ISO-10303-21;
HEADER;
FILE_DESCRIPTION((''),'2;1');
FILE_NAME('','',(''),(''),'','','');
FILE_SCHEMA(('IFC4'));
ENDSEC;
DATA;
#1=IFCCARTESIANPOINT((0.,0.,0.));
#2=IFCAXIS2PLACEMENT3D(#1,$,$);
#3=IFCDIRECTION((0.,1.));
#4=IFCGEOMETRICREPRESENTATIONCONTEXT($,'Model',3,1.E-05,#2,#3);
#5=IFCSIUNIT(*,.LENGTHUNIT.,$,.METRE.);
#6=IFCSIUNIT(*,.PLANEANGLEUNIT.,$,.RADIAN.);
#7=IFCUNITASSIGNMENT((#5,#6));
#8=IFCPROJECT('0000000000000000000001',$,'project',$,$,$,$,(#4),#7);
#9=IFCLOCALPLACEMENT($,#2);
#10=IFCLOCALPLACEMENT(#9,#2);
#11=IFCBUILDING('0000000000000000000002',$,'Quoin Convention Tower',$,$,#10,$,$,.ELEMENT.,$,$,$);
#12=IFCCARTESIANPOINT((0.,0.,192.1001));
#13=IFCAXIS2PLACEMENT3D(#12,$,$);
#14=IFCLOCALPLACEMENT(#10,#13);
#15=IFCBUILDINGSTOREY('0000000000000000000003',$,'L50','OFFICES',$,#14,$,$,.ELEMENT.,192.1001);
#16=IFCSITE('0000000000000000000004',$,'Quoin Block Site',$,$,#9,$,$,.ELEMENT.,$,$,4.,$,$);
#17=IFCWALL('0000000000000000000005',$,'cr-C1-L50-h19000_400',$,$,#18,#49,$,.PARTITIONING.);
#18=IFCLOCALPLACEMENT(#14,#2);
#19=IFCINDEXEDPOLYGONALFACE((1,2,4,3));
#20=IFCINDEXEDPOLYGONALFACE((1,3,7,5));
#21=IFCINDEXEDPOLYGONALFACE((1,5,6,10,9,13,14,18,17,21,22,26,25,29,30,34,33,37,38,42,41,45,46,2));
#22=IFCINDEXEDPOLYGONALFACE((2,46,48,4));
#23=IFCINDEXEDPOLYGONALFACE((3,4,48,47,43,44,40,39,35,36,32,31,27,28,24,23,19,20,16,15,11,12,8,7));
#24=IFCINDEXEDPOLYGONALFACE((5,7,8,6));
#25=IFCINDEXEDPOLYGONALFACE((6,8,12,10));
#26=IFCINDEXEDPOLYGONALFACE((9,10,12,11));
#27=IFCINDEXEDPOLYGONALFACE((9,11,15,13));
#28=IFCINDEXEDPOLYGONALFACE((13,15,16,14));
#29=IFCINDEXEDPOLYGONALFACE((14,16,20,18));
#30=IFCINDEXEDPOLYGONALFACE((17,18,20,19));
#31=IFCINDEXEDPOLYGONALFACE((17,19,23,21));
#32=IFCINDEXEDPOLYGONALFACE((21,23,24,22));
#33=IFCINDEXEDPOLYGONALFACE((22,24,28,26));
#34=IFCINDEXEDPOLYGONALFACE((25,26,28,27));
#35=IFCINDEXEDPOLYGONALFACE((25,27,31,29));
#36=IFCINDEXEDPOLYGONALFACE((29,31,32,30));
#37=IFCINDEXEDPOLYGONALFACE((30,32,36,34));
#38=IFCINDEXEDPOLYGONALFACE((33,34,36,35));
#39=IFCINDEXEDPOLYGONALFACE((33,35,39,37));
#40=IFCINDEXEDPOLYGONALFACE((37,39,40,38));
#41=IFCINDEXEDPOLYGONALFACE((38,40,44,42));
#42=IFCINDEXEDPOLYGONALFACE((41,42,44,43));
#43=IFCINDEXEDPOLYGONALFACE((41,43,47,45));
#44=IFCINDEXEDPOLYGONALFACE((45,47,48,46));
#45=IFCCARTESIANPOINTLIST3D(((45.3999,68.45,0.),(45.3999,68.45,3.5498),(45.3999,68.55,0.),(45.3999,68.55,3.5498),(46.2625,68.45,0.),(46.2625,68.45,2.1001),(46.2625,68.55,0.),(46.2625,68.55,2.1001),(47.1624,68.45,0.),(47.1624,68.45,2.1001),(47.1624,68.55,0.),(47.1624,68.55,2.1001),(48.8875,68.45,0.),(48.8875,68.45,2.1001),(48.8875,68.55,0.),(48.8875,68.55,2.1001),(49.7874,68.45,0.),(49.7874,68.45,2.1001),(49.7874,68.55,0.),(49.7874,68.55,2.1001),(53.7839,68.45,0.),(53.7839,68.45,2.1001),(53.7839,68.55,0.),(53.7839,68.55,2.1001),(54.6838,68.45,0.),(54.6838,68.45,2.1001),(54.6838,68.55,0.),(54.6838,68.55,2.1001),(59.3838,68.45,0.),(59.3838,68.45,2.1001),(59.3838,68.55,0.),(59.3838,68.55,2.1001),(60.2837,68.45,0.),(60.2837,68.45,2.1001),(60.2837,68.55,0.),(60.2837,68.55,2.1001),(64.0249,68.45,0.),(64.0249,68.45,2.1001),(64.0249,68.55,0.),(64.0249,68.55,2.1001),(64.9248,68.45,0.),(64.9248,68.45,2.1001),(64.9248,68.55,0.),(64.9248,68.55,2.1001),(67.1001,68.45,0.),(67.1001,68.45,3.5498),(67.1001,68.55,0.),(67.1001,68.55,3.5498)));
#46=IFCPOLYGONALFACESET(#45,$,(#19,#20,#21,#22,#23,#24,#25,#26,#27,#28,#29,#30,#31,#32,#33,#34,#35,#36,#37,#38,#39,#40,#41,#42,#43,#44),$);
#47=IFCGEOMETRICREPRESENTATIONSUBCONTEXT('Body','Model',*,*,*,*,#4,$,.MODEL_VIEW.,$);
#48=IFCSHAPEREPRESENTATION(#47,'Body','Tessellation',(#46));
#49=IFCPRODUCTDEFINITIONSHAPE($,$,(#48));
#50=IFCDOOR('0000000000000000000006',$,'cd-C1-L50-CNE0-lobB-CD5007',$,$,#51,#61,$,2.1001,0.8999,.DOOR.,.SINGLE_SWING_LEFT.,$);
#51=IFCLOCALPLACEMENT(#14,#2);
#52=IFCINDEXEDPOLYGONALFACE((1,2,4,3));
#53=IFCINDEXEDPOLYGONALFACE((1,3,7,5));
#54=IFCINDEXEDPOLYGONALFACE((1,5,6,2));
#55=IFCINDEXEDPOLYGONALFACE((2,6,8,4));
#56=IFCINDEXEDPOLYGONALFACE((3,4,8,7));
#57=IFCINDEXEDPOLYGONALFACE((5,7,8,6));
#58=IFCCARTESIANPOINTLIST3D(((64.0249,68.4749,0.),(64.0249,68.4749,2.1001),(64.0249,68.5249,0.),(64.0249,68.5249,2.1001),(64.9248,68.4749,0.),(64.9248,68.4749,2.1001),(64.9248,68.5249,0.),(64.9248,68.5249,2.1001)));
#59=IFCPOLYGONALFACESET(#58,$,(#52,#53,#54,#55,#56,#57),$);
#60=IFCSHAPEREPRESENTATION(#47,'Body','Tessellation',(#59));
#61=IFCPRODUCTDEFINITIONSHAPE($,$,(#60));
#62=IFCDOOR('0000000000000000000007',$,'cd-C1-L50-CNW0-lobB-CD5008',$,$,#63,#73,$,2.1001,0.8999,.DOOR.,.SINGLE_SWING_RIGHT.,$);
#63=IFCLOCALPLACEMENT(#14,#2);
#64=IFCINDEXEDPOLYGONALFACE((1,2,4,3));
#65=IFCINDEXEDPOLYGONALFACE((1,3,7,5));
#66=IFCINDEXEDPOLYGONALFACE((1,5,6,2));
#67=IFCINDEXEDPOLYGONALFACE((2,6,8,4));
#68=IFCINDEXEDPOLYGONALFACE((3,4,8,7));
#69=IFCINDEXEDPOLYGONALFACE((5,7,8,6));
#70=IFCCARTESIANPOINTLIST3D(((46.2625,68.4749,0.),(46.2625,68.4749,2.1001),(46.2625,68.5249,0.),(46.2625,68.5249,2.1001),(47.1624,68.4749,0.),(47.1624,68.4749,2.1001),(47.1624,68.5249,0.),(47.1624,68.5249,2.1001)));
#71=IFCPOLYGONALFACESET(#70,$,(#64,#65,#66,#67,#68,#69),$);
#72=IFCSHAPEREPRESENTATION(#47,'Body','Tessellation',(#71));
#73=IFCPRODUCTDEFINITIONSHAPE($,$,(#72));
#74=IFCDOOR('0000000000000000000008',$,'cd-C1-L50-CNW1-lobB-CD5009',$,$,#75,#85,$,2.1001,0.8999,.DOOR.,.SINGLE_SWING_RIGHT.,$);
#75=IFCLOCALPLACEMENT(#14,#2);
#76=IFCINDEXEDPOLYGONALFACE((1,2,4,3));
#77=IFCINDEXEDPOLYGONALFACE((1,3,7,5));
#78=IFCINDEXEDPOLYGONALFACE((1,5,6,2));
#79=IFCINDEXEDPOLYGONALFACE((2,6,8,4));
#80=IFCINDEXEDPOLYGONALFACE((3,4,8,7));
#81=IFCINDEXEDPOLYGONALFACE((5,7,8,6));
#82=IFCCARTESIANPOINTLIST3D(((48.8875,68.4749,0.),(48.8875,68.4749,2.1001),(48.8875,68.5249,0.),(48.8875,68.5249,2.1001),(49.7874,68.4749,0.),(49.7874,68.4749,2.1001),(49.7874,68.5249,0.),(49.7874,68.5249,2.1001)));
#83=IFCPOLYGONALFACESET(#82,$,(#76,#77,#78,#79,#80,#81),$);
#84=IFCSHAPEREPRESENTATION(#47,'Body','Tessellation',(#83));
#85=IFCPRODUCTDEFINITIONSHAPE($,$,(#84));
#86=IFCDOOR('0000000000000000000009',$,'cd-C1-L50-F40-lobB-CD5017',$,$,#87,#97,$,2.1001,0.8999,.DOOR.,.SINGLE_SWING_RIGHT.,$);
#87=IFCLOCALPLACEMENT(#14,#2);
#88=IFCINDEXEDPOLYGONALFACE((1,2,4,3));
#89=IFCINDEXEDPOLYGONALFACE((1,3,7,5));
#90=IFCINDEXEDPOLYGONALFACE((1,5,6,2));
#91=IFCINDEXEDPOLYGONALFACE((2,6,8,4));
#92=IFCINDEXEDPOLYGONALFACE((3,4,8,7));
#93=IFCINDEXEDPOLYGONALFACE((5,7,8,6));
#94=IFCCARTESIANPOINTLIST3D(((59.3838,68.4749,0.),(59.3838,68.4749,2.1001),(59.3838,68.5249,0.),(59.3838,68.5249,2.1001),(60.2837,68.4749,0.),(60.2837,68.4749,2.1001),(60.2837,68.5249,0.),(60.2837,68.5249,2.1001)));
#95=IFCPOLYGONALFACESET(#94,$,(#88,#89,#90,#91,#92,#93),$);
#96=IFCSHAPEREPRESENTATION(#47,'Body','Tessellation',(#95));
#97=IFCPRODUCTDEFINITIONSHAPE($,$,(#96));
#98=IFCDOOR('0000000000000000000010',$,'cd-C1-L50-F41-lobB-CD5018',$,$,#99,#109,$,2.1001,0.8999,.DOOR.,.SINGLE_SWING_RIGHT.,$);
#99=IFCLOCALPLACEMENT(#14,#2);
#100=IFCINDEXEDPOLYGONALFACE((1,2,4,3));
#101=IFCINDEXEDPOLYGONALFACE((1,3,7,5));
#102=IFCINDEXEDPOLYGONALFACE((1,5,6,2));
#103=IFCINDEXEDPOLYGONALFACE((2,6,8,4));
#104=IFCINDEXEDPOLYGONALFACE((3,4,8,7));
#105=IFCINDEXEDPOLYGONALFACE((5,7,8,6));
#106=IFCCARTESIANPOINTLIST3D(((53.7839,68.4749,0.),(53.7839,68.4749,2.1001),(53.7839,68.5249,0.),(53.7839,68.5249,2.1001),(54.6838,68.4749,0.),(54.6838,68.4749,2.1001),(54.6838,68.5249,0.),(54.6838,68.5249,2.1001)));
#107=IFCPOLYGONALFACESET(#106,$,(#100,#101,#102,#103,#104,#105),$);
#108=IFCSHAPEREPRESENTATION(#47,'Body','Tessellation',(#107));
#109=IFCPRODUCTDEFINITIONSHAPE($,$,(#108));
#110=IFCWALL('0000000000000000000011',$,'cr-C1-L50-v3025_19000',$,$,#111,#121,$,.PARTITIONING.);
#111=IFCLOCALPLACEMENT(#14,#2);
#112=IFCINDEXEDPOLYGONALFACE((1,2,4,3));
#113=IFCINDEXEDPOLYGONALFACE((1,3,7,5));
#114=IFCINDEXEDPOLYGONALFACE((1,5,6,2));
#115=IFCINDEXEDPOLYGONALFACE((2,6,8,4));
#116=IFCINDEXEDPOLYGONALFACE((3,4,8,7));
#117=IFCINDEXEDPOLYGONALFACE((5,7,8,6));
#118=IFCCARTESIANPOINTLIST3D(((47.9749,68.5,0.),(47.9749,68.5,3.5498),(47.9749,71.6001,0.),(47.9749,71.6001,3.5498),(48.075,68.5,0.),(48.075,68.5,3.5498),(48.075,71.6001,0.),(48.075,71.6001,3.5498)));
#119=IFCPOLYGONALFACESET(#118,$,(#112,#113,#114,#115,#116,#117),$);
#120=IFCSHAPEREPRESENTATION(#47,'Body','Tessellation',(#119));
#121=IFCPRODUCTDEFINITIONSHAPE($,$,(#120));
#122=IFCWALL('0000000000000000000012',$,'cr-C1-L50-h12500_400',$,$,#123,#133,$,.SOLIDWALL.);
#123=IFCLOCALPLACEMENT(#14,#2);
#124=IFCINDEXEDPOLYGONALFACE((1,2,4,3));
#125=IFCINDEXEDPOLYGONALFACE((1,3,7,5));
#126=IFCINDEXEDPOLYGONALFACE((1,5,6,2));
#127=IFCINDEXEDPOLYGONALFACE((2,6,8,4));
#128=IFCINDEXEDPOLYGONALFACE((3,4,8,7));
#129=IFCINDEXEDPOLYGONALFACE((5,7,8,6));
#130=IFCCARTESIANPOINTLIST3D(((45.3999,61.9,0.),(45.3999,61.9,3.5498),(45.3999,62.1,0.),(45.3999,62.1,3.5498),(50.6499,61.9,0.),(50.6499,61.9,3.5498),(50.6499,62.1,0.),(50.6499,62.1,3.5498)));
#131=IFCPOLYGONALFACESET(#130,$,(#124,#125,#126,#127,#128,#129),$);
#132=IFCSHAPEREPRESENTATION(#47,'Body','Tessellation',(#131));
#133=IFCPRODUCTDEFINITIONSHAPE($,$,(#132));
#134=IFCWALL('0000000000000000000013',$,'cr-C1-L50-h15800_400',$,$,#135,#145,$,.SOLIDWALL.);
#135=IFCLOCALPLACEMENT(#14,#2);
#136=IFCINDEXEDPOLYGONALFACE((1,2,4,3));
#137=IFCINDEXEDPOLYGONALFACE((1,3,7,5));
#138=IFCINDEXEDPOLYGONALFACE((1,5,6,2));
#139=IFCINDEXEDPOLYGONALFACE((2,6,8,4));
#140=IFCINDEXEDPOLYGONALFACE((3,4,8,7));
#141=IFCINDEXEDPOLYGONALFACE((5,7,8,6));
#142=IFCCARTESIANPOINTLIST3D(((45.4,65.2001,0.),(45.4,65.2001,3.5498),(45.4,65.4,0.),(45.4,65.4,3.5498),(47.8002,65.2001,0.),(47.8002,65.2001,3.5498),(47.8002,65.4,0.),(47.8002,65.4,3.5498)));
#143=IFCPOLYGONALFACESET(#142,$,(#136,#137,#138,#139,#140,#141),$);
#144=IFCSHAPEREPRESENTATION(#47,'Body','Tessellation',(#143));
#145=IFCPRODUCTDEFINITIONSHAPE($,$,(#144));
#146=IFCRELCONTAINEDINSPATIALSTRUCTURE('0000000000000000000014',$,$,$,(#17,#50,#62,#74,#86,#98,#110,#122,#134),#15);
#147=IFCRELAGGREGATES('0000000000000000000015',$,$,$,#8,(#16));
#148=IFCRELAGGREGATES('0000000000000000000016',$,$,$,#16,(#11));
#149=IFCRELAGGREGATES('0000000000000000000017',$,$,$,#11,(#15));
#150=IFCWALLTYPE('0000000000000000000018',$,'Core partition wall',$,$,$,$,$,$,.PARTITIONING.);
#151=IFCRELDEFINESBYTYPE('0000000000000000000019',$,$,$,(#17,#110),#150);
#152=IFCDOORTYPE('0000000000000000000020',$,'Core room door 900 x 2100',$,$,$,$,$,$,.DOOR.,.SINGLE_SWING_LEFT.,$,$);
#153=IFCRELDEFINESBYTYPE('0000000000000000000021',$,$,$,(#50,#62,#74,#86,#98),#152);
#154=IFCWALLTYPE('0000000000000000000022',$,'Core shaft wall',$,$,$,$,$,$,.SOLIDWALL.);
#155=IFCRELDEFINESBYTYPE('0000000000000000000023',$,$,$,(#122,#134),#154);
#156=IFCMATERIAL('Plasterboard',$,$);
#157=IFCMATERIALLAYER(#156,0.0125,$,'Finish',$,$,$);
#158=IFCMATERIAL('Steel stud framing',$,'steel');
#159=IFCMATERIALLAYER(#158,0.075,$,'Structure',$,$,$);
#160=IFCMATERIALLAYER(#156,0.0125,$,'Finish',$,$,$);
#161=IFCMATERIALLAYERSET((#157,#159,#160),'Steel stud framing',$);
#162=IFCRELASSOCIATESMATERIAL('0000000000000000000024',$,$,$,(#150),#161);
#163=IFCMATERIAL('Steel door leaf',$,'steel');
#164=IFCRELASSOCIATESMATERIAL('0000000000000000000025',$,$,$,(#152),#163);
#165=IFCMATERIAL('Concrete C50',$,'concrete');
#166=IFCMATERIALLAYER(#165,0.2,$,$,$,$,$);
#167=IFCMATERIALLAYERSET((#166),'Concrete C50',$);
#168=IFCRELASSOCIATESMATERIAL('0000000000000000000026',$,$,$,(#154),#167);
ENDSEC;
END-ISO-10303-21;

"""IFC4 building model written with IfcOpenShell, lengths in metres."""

from ifc_helpers import new_model, si_unit, direction, frame, frame_2d, origin, place, context, subcontext, project, spatial, rectangle, extrude, material, layer, layer_set, type_object, element, fill, save


model = new_model("IFC4")

# Units and contexts
model_context = context("Model", 3, precision=1e-05, world=origin(), true_north=direction((0.0, 1.0)))
body_context = subcontext(model_context, "Body", "Model", "MODEL_VIEW")
ifc_project = project(units=[si_unit("LENGTHUNIT", "METRE"), si_unit("PLANEANGLEUNIT", "RADIAN")], contexts=[model_context])

# Site, building, storey
site_placement = place(None, origin())
site = spatial("IfcSite", under=ifc_project, at=site_placement, Name="Quoin Block Site", CompositionType="ELEMENT", RefElevation=4.0)
building_placement = place(site_placement, origin())
building = spatial("IfcBuilding", under=site, at=building_placement, Name="Quoin Convention Tower", CompositionType="ELEMENT")
storey_placement = place(building_placement, frame((0.0, 0.0, 192.1001)))
storey = spatial("IfcBuildingStorey", under=building, at=storey_placement, Name="L50", Description="OFFICES", CompositionType="ELEMENT", Elevation=192.1001)

# Shared definitions
ifc_material_1 = material(Name="Plasterboard")
ifc_material_2 = material(Name="Steel stud framing", Category="steel")

# Shared definitions
ifc_material_3 = material(Name="Steel door leaf", Category="steel")

# Wall, openings, doors
ifc_layer_1 = layer(ifc_material_1, 0.0125, Name="Finish")
ifc_layer_2 = layer(ifc_material_2, 0.075, Name="Structure")
ifc_layer_3 = layer(ifc_material_1, 0.0125, Name="Finish")
ifc_layer_set_1 = layer_set([ifc_layer_1, ifc_layer_2, ifc_layer_3], Name="Steel stud framing")
wall_type_1 = type_object("IfcWallType", Name="Core partition wall", PredefinedType="PARTITIONING", material=ifc_layer_set_1)
wall_1_placement = place(storey_placement, frame((45.3999, 68.5, 0.0), z_axis=(0.0, 0.0, 1.0), x_axis=(1.0, 0.0, 0.0)))
wall_1 = element("IfcWall", 1, at=wall_1_placement, inside=storey, type_object=wall_type_1, Name="cr-C1-L50-h19000_400", PredefinedType="PARTITIONING", context=body_context, shape_type="SweptSolid", body=[
    extrude(rectangle(XDim=21.7002, YDim=0.1001, at=frame_2d((10.8501, 0.0))), origin(), (0.0, 0.0, 1.0), 3.5498),
])
opening_1_placement = place(wall_1_placement, frame((18.625, 0.0, 0.0)))
opening_1 = element("IfcOpeningElement", 2, at=opening_1_placement, cuts=wall_1, PredefinedType="OPENING", context=body_context, shape_type="SweptSolid", body=[
    extrude(rectangle(XDim=0.8999, YDim=2.1001, at=frame_2d((0.45, 1.05))), frame((0.0, 0.0601, 0.0), z_axis=(0.0, -1.0, 0.0), x_axis=(1.0, 0.0, 0.0)), (0.0, 0.0, 1.0), 0.1201),
])
opening_2_placement = place(wall_1_placement, frame((0.8625, 0.0, 0.0)))
opening_2 = element("IfcOpeningElement", 3, at=opening_2_placement, cuts=wall_1, PredefinedType="OPENING", context=body_context, shape_type="SweptSolid", body=[
    extrude(rectangle(XDim=0.8999, YDim=2.1001, at=frame_2d((0.45, 1.05))), frame((0.0, 0.0601, 0.0), z_axis=(0.0, -1.0, 0.0), x_axis=(1.0, 0.0, 0.0)), (0.0, 0.0, 1.0), 0.1201),
])
opening_3_placement = place(wall_1_placement, frame((3.4875, 0.0, 0.0)))
opening_3 = element("IfcOpeningElement", 4, at=opening_3_placement, cuts=wall_1, PredefinedType="OPENING", context=body_context, shape_type="SweptSolid", body=[
    extrude(rectangle(XDim=0.8999, YDim=2.1001, at=frame_2d((0.45, 1.05))), frame((0.0, 0.0601, 0.0), z_axis=(0.0, -1.0, 0.0), x_axis=(1.0, 0.0, 0.0)), (0.0, 0.0, 1.0), 0.1201),
])
opening_4_placement = place(wall_1_placement, frame((13.9839, 0.0, 0.0)))
opening_4 = element("IfcOpeningElement", 5, at=opening_4_placement, cuts=wall_1, PredefinedType="OPENING", context=body_context, shape_type="SweptSolid", body=[
    extrude(rectangle(XDim=0.8999, YDim=2.1001, at=frame_2d((0.45, 1.05))), frame((0.0, 0.0601, 0.0), z_axis=(0.0, -1.0, 0.0), x_axis=(1.0, 0.0, 0.0)), (0.0, 0.0, 1.0), 0.1201),
])
opening_5_placement = place(wall_1_placement, frame((8.384, 0.0, 0.0)))
opening_5 = element("IfcOpeningElement", 6, at=opening_5_placement, cuts=wall_1, PredefinedType="OPENING", context=body_context, shape_type="SweptSolid", body=[
    extrude(rectangle(XDim=0.8999, YDim=2.1001, at=frame_2d((0.45, 1.05))), frame((0.0, 0.0601, 0.0), z_axis=(0.0, -1.0, 0.0), x_axis=(1.0, 0.0, 0.0)), (0.0, 0.0, 1.0), 0.1201),
])
door_type_1 = type_object("IfcDoorType", Name="Core room door 900 x 2100", OperationType="SINGLE_SWING_LEFT", PredefinedType="DOOR", material=ifc_material_3)
door_1_placement = place(opening_1_placement, origin())
door_1 = element("IfcDoor", 7, at=door_1_placement, inside=storey, type_object=door_type_1, Name="cd-C1-L50-CNE0-lobB-CD5007", OperationType="SINGLE_SWING_LEFT", OverallHeight=2.1001, OverallWidth=0.8999, PredefinedType="DOOR", context=body_context, shape_type="SweptSolid", body=[
    extrude(rectangle(XDim=0.8999, YDim=2.1001, at=frame_2d((0.45, 1.05))), frame((0.0, 0.0249, 0.0), z_axis=(0.0, -1.0, 0.0), x_axis=(1.0, 0.0, 0.0)), (0.0, 0.0, 1.0), 0.05),
])
fill(opening_1, door_1)
door_2_placement = place(opening_2_placement, origin())
door_2 = element("IfcDoor", 8, at=door_2_placement, inside=storey, type_object=door_type_1, Name="cd-C1-L50-CNW0-lobB-CD5008", OperationType="SINGLE_SWING_RIGHT", OverallHeight=2.1001, OverallWidth=0.8999, PredefinedType="DOOR", context=body_context, shape_type="SweptSolid", body=[
    extrude(rectangle(XDim=0.8999, YDim=2.1001, at=frame_2d((0.45, 1.05))), frame((0.0, 0.0249, 0.0), z_axis=(0.0, -1.0, 0.0), x_axis=(1.0, 0.0, 0.0)), (0.0, 0.0, 1.0), 0.05),
])
fill(opening_2, door_2)
door_3_placement = place(opening_3_placement, origin())
door_3 = element("IfcDoor", 9, at=door_3_placement, inside=storey, type_object=door_type_1, Name="cd-C1-L50-CNW1-lobB-CD5009", OperationType="SINGLE_SWING_RIGHT", OverallHeight=2.1001, OverallWidth=0.8999, PredefinedType="DOOR", context=body_context, shape_type="SweptSolid", body=[
    extrude(rectangle(XDim=0.8999, YDim=2.1001, at=frame_2d((0.45, 1.05))), frame((0.0, 0.0249, 0.0), z_axis=(0.0, -1.0, 0.0), x_axis=(1.0, 0.0, 0.0)), (0.0, 0.0, 1.0), 0.05),
])
fill(opening_3, door_3)
door_4_placement = place(opening_4_placement, origin())
door_4 = element("IfcDoor", 10, at=door_4_placement, inside=storey, type_object=door_type_1, Name="cd-C1-L50-F40-lobB-CD5017", OperationType="SINGLE_SWING_RIGHT", OverallHeight=2.1001, OverallWidth=0.8999, PredefinedType="DOOR", context=body_context, shape_type="SweptSolid", body=[
    extrude(rectangle(XDim=0.8999, YDim=2.1001, at=frame_2d((0.45, 1.05))), frame((0.0, 0.0249, 0.0), z_axis=(0.0, -1.0, 0.0), x_axis=(1.0, 0.0, 0.0)), (0.0, 0.0, 1.0), 0.05),
])
fill(opening_4, door_4)
door_5_placement = place(opening_5_placement, origin())
door_5 = element("IfcDoor", 11, at=door_5_placement, inside=storey, type_object=door_type_1, Name="cd-C1-L50-F41-lobB-CD5018", OperationType="SINGLE_SWING_RIGHT", OverallHeight=2.1001, OverallWidth=0.8999, PredefinedType="DOOR", context=body_context, shape_type="SweptSolid", body=[
    extrude(rectangle(XDim=0.8999, YDim=2.1001, at=frame_2d((0.45, 1.05))), frame((0.0, 0.0249, 0.0), z_axis=(0.0, -1.0, 0.0), x_axis=(1.0, 0.0, 0.0)), (0.0, 0.0, 1.0), 0.05),
])
fill(opening_5, door_5)

# Walls
wall_2_placement = place(storey_placement, frame((48.0249, 68.5, 0.0), z_axis=(0.0, 0.0, 1.0), x_axis=(0.0, 1.0, 0.0)))
element("IfcWall", 12, at=wall_2_placement, inside=storey, type_object=wall_type_1, Name="cr-C1-L50-v3025_19000", PredefinedType="PARTITIONING", context=body_context, shape_type="SweptSolid", body=[
    extrude(rectangle(XDim=3.1001, YDim=0.1001, at=frame_2d((1.55, 0.0))), origin(), (0.0, 0.0, 1.0), 3.5498),
])
ifc_material_4 = material(Name="Concrete C50", Category="concrete")
ifc_layer_4 = layer(ifc_material_4, 0.2)
ifc_layer_set_2 = layer_set([ifc_layer_4], Name="Concrete C50")
wall_type_2 = type_object("IfcWallType", Name="Core shaft wall", PredefinedType="SOLIDWALL", material=ifc_layer_set_2)
wall_3_placement = place(storey_placement, frame((45.3999, 62.0, 0.0), z_axis=(0.0, 0.0, 1.0), x_axis=(1.0, 0.0, 0.0)))
element("IfcWall", 13, at=wall_3_placement, inside=storey, type_object=wall_type_2, Name="cr-C1-L50-h12500_400", PredefinedType="SOLIDWALL", context=body_context, shape_type="SweptSolid", body=[
    extrude(rectangle(XDim=5.25, YDim=0.2, at=frame_2d((2.625, 0.0))), origin(), (0.0, 0.0, 1.0), 3.5498),
])
wall_4_placement = place(storey_placement, frame((45.3999, 65.3, 0.0), z_axis=(0.0, 0.0, 1.0), x_axis=(1.0, 0.0, 0.0)))
element("IfcWall", 14, at=wall_4_placement, inside=storey, type_object=wall_type_2, Name="cr-C1-L50-h15800_400", PredefinedType="SOLIDWALL", context=body_context, shape_type="SweptSolid", body=[
    extrude(rectangle(XDim=2.4001, YDim=0.2, at=frame_2d((1.2002, 0.0))), origin(), (0.0, 0.0, 1.0), 3.5498),
])

save(model, "model.ifc")
